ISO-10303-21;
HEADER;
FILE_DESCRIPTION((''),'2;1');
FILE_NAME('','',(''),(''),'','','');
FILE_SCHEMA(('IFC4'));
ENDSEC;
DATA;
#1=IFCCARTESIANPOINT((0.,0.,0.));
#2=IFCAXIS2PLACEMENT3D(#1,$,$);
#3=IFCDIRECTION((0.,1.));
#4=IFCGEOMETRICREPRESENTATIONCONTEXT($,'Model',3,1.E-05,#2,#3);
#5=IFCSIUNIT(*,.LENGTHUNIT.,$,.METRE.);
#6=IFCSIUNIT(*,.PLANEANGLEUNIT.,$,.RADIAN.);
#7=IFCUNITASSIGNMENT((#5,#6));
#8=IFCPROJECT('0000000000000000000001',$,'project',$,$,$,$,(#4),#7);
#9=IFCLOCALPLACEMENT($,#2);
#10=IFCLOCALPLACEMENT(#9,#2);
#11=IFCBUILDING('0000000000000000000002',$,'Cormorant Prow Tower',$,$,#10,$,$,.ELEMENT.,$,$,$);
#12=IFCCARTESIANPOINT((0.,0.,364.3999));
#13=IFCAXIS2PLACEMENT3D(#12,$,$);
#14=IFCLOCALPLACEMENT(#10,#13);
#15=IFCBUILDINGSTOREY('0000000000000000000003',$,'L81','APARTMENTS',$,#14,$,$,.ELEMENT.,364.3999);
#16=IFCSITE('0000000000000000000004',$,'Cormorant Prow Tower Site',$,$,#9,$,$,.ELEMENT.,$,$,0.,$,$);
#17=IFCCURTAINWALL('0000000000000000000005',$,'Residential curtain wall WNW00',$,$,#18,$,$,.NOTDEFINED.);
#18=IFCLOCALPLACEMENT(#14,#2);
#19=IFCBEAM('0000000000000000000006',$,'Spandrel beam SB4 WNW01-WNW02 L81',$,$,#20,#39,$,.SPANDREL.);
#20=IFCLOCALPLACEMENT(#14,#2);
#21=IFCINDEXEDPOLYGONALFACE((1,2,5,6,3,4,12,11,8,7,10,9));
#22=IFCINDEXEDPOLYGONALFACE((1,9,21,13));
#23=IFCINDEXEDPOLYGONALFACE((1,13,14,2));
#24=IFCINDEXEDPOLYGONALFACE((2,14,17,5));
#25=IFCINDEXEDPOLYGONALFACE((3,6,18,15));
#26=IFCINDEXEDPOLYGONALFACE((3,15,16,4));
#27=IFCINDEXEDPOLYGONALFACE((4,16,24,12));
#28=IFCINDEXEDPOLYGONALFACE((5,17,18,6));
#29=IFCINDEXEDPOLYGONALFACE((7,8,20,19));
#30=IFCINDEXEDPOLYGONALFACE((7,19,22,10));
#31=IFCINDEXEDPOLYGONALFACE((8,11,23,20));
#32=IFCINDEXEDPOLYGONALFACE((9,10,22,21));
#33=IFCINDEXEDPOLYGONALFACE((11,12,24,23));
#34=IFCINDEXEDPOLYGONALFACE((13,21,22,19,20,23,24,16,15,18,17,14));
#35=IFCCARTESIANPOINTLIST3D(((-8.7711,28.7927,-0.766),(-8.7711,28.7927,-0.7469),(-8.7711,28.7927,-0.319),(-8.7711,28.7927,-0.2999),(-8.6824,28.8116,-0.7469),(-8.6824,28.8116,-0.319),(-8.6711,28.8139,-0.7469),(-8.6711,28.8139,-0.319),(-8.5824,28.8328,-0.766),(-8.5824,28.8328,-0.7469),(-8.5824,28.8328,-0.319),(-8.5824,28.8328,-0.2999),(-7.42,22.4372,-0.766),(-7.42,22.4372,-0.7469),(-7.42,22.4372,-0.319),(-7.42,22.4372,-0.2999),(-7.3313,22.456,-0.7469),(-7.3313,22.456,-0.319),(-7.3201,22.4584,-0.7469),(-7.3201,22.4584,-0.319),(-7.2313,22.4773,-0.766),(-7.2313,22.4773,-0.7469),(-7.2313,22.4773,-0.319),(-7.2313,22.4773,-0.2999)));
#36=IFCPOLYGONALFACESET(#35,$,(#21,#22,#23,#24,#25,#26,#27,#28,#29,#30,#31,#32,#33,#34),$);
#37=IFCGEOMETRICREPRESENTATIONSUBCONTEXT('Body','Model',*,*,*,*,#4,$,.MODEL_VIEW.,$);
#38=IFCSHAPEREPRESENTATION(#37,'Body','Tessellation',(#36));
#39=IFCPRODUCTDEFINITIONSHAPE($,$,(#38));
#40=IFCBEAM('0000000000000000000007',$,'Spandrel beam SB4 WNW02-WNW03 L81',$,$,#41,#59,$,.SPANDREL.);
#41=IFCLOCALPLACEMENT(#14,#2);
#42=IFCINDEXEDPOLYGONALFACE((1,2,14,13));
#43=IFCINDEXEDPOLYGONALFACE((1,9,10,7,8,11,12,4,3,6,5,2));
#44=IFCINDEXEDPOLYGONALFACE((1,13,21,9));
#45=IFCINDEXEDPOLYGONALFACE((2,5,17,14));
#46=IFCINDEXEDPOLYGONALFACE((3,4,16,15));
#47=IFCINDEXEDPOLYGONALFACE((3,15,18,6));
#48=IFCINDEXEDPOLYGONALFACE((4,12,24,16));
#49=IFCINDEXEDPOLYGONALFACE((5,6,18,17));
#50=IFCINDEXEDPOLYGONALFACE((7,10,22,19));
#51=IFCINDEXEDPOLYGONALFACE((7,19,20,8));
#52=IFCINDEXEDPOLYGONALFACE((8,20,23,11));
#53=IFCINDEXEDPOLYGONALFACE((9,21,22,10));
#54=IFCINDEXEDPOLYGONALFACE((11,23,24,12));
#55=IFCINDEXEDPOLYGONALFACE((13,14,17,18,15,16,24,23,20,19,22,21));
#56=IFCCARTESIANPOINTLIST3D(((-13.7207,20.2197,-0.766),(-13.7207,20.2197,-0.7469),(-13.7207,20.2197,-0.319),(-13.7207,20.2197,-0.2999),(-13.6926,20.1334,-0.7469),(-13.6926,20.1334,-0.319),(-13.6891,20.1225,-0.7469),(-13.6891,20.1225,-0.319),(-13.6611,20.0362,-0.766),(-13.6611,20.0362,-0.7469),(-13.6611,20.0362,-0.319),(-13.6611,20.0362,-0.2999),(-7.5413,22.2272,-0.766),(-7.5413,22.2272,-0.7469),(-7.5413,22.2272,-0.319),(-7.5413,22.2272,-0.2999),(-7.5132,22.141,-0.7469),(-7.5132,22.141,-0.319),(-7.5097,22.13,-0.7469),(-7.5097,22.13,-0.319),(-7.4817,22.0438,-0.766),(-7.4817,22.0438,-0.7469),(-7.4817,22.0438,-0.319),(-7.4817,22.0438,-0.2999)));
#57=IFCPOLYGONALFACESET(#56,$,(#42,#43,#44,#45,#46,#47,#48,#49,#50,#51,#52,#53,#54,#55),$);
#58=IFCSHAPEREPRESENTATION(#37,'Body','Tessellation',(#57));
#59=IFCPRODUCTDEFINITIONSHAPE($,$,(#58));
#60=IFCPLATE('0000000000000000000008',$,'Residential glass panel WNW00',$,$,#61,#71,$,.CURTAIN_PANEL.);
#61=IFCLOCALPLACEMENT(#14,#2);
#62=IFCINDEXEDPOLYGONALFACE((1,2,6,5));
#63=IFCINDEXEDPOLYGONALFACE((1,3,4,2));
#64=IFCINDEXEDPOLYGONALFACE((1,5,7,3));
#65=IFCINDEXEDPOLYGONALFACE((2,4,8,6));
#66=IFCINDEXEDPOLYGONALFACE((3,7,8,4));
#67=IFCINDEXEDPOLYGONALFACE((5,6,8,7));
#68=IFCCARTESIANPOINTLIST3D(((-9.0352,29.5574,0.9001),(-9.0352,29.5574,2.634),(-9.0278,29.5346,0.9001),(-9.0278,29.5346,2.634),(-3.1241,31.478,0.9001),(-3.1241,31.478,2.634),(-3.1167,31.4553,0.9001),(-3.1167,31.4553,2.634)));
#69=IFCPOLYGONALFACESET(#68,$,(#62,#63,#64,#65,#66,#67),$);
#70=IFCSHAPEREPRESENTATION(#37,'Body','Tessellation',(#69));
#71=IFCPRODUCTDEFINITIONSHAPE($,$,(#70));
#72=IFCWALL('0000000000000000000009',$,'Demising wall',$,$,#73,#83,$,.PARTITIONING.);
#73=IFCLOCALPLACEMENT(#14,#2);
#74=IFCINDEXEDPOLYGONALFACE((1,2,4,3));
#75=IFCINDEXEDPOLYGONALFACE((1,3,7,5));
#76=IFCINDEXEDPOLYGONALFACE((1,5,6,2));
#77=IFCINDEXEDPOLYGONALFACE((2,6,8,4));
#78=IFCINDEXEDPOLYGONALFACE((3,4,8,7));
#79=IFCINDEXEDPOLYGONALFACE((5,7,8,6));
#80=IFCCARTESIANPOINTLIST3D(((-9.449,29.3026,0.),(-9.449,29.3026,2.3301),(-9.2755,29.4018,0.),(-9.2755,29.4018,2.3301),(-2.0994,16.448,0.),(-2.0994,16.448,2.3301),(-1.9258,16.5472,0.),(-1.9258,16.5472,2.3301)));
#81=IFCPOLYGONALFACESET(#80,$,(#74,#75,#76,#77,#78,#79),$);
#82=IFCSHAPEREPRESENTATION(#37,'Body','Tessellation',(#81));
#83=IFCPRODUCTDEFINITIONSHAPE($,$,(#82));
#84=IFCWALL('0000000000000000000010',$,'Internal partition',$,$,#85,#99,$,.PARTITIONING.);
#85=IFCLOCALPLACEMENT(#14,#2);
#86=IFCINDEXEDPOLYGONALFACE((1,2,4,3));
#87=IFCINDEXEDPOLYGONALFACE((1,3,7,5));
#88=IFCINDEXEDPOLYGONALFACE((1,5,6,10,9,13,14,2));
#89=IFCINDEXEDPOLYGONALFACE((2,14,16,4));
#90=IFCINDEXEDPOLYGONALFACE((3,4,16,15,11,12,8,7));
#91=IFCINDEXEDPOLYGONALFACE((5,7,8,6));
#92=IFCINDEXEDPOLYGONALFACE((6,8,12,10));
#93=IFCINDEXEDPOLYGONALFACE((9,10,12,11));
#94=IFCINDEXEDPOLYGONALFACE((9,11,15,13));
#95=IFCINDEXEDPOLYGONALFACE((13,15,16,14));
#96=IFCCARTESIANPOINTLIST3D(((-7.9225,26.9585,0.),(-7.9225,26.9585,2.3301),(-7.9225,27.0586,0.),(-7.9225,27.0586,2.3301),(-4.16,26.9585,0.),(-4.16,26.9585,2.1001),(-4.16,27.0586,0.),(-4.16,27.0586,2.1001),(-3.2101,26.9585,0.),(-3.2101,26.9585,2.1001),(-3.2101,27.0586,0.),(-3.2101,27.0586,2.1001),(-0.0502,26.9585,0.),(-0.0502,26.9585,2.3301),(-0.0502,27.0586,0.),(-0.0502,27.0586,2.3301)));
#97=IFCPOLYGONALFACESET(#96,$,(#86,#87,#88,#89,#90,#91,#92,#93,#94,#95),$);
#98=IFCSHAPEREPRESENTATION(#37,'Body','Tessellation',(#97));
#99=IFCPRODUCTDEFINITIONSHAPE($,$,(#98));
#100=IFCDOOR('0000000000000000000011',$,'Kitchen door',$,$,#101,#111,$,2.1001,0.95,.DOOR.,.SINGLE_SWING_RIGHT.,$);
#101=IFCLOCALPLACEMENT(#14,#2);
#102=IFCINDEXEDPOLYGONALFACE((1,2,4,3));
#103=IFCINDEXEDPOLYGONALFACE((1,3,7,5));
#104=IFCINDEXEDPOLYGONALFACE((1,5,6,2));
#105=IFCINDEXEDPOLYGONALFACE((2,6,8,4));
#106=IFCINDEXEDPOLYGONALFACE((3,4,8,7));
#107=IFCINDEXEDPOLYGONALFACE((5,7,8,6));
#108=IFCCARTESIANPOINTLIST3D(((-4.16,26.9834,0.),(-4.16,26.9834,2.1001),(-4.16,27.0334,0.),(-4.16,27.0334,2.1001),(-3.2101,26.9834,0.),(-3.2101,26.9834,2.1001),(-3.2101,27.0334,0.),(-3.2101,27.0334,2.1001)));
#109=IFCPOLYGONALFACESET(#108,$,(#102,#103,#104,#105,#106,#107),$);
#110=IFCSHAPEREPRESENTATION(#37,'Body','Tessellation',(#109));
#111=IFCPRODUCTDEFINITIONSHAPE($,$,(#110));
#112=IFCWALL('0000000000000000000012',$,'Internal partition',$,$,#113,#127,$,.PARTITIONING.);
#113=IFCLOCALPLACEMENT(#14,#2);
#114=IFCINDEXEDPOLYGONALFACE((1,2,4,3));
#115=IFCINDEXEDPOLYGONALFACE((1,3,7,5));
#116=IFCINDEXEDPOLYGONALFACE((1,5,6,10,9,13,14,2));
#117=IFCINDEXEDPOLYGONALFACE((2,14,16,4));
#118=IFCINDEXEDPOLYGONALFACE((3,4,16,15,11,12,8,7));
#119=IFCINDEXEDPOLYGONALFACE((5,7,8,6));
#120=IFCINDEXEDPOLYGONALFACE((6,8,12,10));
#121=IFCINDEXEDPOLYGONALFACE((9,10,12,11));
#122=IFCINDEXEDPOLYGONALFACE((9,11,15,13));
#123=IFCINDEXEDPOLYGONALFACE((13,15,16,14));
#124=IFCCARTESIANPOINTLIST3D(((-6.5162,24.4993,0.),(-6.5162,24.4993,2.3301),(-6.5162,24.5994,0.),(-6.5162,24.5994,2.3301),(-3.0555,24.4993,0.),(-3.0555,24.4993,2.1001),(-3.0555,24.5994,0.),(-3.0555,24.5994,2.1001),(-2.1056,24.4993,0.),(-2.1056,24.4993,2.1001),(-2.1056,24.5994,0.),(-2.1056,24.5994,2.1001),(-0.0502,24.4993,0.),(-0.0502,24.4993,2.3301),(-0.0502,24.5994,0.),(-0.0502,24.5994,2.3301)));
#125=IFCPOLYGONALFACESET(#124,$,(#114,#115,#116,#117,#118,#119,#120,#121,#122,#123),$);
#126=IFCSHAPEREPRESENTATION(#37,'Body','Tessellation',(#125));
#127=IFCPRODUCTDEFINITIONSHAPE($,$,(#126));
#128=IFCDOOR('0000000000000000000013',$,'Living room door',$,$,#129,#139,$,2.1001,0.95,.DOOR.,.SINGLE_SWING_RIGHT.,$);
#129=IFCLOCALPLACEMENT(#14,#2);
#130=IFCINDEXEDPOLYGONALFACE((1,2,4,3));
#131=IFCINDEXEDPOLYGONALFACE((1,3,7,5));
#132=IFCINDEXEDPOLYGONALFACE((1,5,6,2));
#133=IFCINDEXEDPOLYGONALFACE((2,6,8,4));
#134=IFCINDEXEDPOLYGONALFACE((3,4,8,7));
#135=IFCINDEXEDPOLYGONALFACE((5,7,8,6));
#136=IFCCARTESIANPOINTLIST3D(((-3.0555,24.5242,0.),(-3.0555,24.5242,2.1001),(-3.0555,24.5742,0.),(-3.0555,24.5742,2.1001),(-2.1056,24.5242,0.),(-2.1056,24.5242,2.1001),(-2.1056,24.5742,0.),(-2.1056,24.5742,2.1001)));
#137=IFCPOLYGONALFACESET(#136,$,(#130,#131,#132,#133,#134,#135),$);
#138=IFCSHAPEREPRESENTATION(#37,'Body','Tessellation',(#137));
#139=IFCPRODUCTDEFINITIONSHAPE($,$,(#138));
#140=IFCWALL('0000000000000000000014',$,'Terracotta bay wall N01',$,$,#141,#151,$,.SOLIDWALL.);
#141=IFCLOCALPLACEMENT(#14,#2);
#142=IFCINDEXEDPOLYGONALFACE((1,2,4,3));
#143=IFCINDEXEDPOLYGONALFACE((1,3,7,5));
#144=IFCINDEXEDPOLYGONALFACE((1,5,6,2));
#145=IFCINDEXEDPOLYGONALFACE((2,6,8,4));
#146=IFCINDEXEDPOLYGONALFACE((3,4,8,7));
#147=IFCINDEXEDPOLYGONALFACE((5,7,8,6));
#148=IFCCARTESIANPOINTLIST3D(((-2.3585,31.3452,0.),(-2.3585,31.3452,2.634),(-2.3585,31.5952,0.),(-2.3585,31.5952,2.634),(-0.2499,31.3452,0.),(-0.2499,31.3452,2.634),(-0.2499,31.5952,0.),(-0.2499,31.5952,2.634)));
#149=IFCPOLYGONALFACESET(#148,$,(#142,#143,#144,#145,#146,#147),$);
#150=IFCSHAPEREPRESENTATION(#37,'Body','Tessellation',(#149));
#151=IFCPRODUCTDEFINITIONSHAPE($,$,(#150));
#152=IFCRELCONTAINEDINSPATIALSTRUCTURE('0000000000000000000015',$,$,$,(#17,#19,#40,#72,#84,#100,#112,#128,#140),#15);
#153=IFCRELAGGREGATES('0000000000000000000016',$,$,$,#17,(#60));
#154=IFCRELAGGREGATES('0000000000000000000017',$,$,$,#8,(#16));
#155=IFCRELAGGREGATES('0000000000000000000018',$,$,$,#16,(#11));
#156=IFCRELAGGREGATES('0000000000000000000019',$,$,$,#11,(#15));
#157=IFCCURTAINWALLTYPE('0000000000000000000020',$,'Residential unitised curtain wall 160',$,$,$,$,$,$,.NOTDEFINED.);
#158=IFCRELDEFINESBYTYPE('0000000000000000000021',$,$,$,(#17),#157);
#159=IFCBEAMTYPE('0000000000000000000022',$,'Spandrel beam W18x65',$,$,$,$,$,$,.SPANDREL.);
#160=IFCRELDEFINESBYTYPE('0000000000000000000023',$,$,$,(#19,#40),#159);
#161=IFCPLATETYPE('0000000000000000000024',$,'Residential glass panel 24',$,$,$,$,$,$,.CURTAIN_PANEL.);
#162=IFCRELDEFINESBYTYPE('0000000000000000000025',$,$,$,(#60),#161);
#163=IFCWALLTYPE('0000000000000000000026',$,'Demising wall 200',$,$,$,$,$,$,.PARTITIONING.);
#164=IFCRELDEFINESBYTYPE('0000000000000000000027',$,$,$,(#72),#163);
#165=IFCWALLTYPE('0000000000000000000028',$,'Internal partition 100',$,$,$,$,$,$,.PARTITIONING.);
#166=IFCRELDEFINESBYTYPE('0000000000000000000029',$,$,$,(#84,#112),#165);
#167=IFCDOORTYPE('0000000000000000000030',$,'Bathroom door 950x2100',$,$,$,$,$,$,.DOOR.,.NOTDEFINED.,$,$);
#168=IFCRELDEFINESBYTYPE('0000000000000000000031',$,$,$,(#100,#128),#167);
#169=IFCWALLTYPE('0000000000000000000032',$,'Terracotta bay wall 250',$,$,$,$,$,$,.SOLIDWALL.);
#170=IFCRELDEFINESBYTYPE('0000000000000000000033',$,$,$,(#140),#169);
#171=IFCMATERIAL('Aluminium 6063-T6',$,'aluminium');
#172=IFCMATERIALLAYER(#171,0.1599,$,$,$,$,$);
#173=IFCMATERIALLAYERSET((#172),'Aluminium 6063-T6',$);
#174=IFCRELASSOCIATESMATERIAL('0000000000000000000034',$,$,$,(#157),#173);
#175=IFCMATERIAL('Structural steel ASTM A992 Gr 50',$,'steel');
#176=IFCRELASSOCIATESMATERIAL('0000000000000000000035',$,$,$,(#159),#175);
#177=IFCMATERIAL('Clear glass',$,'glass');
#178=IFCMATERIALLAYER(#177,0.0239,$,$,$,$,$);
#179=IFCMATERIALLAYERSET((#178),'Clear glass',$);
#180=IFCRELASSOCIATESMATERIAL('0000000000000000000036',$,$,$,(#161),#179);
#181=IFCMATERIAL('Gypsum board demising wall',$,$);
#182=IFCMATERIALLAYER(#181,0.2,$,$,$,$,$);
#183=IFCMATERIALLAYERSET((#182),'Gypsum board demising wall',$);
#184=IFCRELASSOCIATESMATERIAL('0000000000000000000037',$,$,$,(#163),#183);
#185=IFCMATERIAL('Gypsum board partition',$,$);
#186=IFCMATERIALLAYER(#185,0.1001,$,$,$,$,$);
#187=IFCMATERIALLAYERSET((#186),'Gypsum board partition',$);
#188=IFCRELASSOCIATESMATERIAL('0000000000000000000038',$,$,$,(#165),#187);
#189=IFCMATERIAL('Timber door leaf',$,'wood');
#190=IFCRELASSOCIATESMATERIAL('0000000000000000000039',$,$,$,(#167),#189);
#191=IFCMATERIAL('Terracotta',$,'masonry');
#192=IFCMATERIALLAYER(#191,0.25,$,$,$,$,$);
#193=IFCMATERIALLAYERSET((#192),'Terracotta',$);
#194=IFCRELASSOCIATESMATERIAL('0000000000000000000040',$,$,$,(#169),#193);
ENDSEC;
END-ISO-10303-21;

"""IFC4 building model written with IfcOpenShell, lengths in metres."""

from ifc_helpers import new_model, si_unit, direction, frame, frame_2d, origin, origin_2d, place, context, subcontext, project, spatial, rectangle, i_section, extrude, material, layer, layer_set, material_profile, profile_set, type_object, element, fill, aggregate, save


model = new_model("IFC4")

# Units and contexts
model_context = context("Model", 3, precision=1e-05, world=origin(), true_north=direction((0.0, 1.0)))
body_context = subcontext(model_context, "Body", "Model", "MODEL_VIEW")
ifc_project = project(units=[si_unit("LENGTHUNIT", "METRE"), si_unit("PLANEANGLEUNIT", "RADIAN")], contexts=[model_context])

# Site, building, storey
site_placement = place(None, origin())
site = spatial("IfcSite", under=ifc_project, at=site_placement, Name="Cormorant Prow Tower Site", CompositionType="ELEMENT", RefElevation=0.0)
building_placement = place(site_placement, origin())
building = spatial("IfcBuilding", under=site, at=building_placement, Name="Cormorant Prow Tower", CompositionType="ELEMENT")
storey_placement = place(building_placement, frame((0.0, 0.0, 364.3999)))
storey = spatial("IfcBuildingStorey", under=building, at=storey_placement, Name="L81", Description="APARTMENTS", CompositionType="ELEMENT", Elevation=364.3999)

# Curtain wall
ifc_material_1 = material(Name="Aluminium 6063-T6", Category="aluminium")
ifc_layer_1 = layer(ifc_material_1, 0.1599)
ifc_layer_set_1 = layer_set([ifc_layer_1], Name="Aluminium 6063-T6")
curtain_wall_type = type_object("IfcCurtainWallType", Name="Residential unitised curtain wall 160", PredefinedType="NOTDEFINED", material=ifc_layer_set_1)
curtain_wall_1_placement = place(storey_placement, origin())
curtain_wall_1 = element("IfcCurtainWall", 1, at=curtain_wall_1_placement, inside=storey, type_object=curtain_wall_type, Name="Residential curtain wall WNW00", PredefinedType="NOTDEFINED")

# Beams
ifc_material_2 = material(Name="Structural steel ASTM A992 Gr 50", Category="steel")
ifc_material_profile_1 = material_profile(ifc_material_2, i_section(OverallWidth=0.1929, OverallDepth=0.4661, WebThickness=0.0115, FlangeThickness=0.019, at=origin_2d()), Name="W18x65")
ifc_profile_set_1 = profile_set([ifc_material_profile_1], Name="Structural steel ASTM A992 Gr 50")
beam_type = type_object("IfcBeamType", Name="Spandrel beam W18x65", PredefinedType="SPANDREL", material=ifc_profile_set_1)
for number, where, z_axis, x_axis, name in (
    (2, (-8.6768, 28.8127, -0.533), (0.207938, -0.978142, 0.0), (0.978142, 0.207938, 0.0), "Spandrel beam SB4 WNW01-WNW02 L81"),
):
    element("IfcBeam", number, at=place(storey_placement, frame(where, z_axis=z_axis, x_axis=x_axis)), inside=storey, type_object=beam_type, Name=name, PredefinedType="SPANDREL", context=body_context, shape_type="SweptSolid", body=[
        extrude(i_section(OverallWidth=0.1929, OverallDepth=0.4661, WebThickness=0.0115, FlangeThickness=0.019, at=origin_2d()), origin(), (0.0, 0.0, 1.0), 6.4976),
    ])
beam_1_placement = place(storey_placement, frame((-7.5115, 22.1355, -0.533), z_axis=(-0.951068, -0.308982, 0.0), x_axis=(0.308982, -0.951068, 0.0)))
element("IfcBeam", 3, at=beam_1_placement, inside=storey, type_object=beam_type, Name="Spandrel beam SB4 WNW02-WNW03 L81", PredefinedType="SPANDREL", context=body_context, shape_type="SweptSolid", body=[
    extrude(i_section(OverallWidth=0.1929, OverallDepth=0.4661, WebThickness=0.0115, FlangeThickness=0.019, at=origin_2d()), origin(), (0.0, 0.0, 1.0), 6.4973),
])

# Plate
ifc_material_3 = material(Name="Clear glass", Category="glass")
ifc_layer_2 = layer(ifc_material_3, 0.0239)
ifc_layer_set_2 = layer_set([ifc_layer_2], Name="Clear glass")
plate_type = type_object("IfcPlateType", Name="Residential glass panel 24", PredefinedType="CURTAIN_PANEL", material=ifc_layer_set_2)
plate_placement = place(storey_placement, frame((-6.0759, 30.5063, 0.9001), z_axis=(0.0, 0.0, 1.0), x_axis=(-0.951057, -0.309017, 0.0)))
plate = element("IfcPlate", 4, at=plate_placement, type_object=plate_type, Name="Residential glass panel WNW00", PredefinedType="CURTAIN_PANEL", context=body_context, shape_type="SweptSolid", body=[
    extrude(rectangle(XDim=6.2153, YDim=0.0239, at=origin_2d()), origin(), (0.0, 0.0, 1.0), 1.7339),
])
aggregate(curtain_wall_1, [plate])

# Wall
ifc_material_4 = material(Name="Gypsum board demising wall")
ifc_layer_3 = layer(ifc_material_4, 0.2)
ifc_layer_set_3 = layer_set([ifc_layer_3], Name="Gypsum board demising wall")
wall_type_1 = type_object("IfcWallType", Name="Demising wall 200", PredefinedType="PARTITIONING", material=ifc_layer_set_3)
wall_1_placement = place(storey_placement, frame((-9.3623, 29.3523, 0.0), z_axis=(0.0, 0.0, 1.0), x_axis=(0.496352, -0.868121, 0.0)))
element("IfcWall", 5, at=wall_1_placement, inside=storey, type_object=wall_type_1, Name="Demising wall", PredefinedType="PARTITIONING", context=body_context, shape_type="SweptSolid", body=[
    extrude(rectangle(XDim=14.8074, YDim=0.2, at=frame_2d((7.4038, 0.0))), origin(), (0.0, 0.0, 1.0), 2.3301),
])

# Walls, openings, doors
ifc_material_5 = material(Name="Gypsum board partition")
ifc_layer_4 = layer(ifc_material_5, 0.1001)
ifc_layer_set_4 = layer_set([ifc_layer_4], Name="Gypsum board partition")
wall_type_2 = type_object("IfcWallType", Name="Internal partition 100", PredefinedType="PARTITIONING", material=ifc_layer_set_4)
wall_2_placement = place(storey_placement, frame((-7.9224, 27.0085, 0.0), z_axis=(0.0, 0.0, 1.0), x_axis=(1.0, 0.0, 0.0)))
wall_2 = element("IfcWall", 6, at=wall_2_placement, inside=storey, type_object=wall_type_2, Name="Internal partition", PredefinedType="PARTITIONING", context=body_context, shape_type="SweptSolid", body=[
    extrude(rectangle(XDim=7.8723, YDim=0.1001, at=frame_2d((3.936, 0.0))), origin(), (0.0, 0.0, 1.0), 2.3301),
])
opening_1_placement = place(wall_2_placement, frame((3.7622, 0.0, 0.0)))
opening_1 = element("IfcOpeningElement", 7, at=opening_1_placement, cuts=wall_2, PredefinedType="OPENING", context=body_context, shape_type="SweptSolid", body=[
    extrude(rectangle(XDim=0.95, YDim=2.1001, at=frame_2d((0.4751, 1.05))), frame((0.0, 0.0601, 0.0), z_axis=(0.0, -1.0, 0.0), x_axis=(1.0, 0.0, 0.0)), (0.0, 0.0, 1.0), 0.1201),
])
ifc_material_6 = material(Name="Timber door leaf", Category="wood")
door_type_1 = type_object("IfcDoorType", Name="Bathroom door 950x2100", OperationType="NOTDEFINED", PredefinedType="DOOR", material=ifc_material_6)
door_1_placement = place(opening_1_placement, origin())
door_1 = element("IfcDoor", 8, at=door_1_placement, inside=storey, type_object=door_type_1, Name="Kitchen door", OperationType="SINGLE_SWING_RIGHT", OverallHeight=2.1001, OverallWidth=0.95, PredefinedType="DOOR", context=body_context, shape_type="SweptSolid", body=[
    extrude(rectangle(XDim=0.95, YDim=2.1001, at=frame_2d((0.4751, 1.05))), frame((0.0, 0.0249, 0.0), z_axis=(0.0, -1.0, 0.0), x_axis=(1.0, 0.0, 0.0)), (0.0, 0.0, 1.0), 0.05),
])
fill(opening_1, door_1)
wall_3_placement = place(storey_placement, frame((-6.5161, 24.5493, 0.0), z_axis=(0.0, 0.0, 1.0), x_axis=(1.0, 0.0, 0.0)))
wall_3 = element("IfcWall", 9, at=wall_3_placement, inside=storey, type_object=wall_type_2, Name="Internal partition", PredefinedType="PARTITIONING", context=body_context, shape_type="SweptSolid", body=[
    extrude(rectangle(XDim=6.4661, YDim=0.1001, at=frame_2d((3.2329, 0.0))), origin(), (0.0, 0.0, 1.0), 2.3301),
])
opening_2_placement = place(wall_3_placement, frame((3.4604, 0.0, 0.0)))
opening_2 = element("IfcOpeningElement", 10, at=opening_2_placement, cuts=wall_3, PredefinedType="OPENING", context=body_context, shape_type="SweptSolid", body=[
    extrude(rectangle(XDim=0.95, YDim=2.1001, at=frame_2d((0.4751, 1.05))), frame((0.0, 0.0601, 0.0), z_axis=(0.0, -1.0, 0.0), x_axis=(1.0, 0.0, 0.0)), (0.0, 0.0, 1.0), 0.1201),
])
door_2_placement = place(opening_2_placement, origin())
door_2 = element("IfcDoor", 11, at=door_2_placement, inside=storey, type_object=door_type_1, Name="Living room door", OperationType="SINGLE_SWING_RIGHT", OverallHeight=2.1001, OverallWidth=0.95, PredefinedType="DOOR", context=body_context, shape_type="SweptSolid", body=[
    extrude(rectangle(XDim=0.95, YDim=2.1001, at=frame_2d((0.4751, 1.05))), frame((0.0, 0.0249, 0.0), z_axis=(0.0, -1.0, 0.0), x_axis=(1.0, 0.0, 0.0)), (0.0, 0.0, 1.0), 0.05),
])
fill(opening_2, door_2)

# Wall
ifc_material_7 = material(Name="Terracotta", Category="masonry")
ifc_layer_5 = layer(ifc_material_7, 0.25)
ifc_layer_set_5 = layer_set([ifc_layer_5], Name="Terracotta")
wall_type_3 = type_object("IfcWallType", Name="Terracotta bay wall 250", PredefinedType="SOLIDWALL", material=ifc_layer_set_5)
wall_4_placement = place(storey_placement, frame((-0.25, 31.4702, 0.0), z_axis=(0.0, 0.0, 1.0), x_axis=(-1.0, 0.0, 0.0)))
element("IfcWall", 12, at=wall_4_placement, inside=storey, type_object=wall_type_3, Name="Terracotta bay wall N01", PredefinedType="SOLIDWALL", context=body_context, shape_type="SweptSolid", body=[
    extrude(rectangle(XDim=2.1086, YDim=0.25, at=frame_2d((1.0542, 0.0))), origin(), (0.0, 0.0, 1.0), 2.634),
])

save(model, "model.ifc")
